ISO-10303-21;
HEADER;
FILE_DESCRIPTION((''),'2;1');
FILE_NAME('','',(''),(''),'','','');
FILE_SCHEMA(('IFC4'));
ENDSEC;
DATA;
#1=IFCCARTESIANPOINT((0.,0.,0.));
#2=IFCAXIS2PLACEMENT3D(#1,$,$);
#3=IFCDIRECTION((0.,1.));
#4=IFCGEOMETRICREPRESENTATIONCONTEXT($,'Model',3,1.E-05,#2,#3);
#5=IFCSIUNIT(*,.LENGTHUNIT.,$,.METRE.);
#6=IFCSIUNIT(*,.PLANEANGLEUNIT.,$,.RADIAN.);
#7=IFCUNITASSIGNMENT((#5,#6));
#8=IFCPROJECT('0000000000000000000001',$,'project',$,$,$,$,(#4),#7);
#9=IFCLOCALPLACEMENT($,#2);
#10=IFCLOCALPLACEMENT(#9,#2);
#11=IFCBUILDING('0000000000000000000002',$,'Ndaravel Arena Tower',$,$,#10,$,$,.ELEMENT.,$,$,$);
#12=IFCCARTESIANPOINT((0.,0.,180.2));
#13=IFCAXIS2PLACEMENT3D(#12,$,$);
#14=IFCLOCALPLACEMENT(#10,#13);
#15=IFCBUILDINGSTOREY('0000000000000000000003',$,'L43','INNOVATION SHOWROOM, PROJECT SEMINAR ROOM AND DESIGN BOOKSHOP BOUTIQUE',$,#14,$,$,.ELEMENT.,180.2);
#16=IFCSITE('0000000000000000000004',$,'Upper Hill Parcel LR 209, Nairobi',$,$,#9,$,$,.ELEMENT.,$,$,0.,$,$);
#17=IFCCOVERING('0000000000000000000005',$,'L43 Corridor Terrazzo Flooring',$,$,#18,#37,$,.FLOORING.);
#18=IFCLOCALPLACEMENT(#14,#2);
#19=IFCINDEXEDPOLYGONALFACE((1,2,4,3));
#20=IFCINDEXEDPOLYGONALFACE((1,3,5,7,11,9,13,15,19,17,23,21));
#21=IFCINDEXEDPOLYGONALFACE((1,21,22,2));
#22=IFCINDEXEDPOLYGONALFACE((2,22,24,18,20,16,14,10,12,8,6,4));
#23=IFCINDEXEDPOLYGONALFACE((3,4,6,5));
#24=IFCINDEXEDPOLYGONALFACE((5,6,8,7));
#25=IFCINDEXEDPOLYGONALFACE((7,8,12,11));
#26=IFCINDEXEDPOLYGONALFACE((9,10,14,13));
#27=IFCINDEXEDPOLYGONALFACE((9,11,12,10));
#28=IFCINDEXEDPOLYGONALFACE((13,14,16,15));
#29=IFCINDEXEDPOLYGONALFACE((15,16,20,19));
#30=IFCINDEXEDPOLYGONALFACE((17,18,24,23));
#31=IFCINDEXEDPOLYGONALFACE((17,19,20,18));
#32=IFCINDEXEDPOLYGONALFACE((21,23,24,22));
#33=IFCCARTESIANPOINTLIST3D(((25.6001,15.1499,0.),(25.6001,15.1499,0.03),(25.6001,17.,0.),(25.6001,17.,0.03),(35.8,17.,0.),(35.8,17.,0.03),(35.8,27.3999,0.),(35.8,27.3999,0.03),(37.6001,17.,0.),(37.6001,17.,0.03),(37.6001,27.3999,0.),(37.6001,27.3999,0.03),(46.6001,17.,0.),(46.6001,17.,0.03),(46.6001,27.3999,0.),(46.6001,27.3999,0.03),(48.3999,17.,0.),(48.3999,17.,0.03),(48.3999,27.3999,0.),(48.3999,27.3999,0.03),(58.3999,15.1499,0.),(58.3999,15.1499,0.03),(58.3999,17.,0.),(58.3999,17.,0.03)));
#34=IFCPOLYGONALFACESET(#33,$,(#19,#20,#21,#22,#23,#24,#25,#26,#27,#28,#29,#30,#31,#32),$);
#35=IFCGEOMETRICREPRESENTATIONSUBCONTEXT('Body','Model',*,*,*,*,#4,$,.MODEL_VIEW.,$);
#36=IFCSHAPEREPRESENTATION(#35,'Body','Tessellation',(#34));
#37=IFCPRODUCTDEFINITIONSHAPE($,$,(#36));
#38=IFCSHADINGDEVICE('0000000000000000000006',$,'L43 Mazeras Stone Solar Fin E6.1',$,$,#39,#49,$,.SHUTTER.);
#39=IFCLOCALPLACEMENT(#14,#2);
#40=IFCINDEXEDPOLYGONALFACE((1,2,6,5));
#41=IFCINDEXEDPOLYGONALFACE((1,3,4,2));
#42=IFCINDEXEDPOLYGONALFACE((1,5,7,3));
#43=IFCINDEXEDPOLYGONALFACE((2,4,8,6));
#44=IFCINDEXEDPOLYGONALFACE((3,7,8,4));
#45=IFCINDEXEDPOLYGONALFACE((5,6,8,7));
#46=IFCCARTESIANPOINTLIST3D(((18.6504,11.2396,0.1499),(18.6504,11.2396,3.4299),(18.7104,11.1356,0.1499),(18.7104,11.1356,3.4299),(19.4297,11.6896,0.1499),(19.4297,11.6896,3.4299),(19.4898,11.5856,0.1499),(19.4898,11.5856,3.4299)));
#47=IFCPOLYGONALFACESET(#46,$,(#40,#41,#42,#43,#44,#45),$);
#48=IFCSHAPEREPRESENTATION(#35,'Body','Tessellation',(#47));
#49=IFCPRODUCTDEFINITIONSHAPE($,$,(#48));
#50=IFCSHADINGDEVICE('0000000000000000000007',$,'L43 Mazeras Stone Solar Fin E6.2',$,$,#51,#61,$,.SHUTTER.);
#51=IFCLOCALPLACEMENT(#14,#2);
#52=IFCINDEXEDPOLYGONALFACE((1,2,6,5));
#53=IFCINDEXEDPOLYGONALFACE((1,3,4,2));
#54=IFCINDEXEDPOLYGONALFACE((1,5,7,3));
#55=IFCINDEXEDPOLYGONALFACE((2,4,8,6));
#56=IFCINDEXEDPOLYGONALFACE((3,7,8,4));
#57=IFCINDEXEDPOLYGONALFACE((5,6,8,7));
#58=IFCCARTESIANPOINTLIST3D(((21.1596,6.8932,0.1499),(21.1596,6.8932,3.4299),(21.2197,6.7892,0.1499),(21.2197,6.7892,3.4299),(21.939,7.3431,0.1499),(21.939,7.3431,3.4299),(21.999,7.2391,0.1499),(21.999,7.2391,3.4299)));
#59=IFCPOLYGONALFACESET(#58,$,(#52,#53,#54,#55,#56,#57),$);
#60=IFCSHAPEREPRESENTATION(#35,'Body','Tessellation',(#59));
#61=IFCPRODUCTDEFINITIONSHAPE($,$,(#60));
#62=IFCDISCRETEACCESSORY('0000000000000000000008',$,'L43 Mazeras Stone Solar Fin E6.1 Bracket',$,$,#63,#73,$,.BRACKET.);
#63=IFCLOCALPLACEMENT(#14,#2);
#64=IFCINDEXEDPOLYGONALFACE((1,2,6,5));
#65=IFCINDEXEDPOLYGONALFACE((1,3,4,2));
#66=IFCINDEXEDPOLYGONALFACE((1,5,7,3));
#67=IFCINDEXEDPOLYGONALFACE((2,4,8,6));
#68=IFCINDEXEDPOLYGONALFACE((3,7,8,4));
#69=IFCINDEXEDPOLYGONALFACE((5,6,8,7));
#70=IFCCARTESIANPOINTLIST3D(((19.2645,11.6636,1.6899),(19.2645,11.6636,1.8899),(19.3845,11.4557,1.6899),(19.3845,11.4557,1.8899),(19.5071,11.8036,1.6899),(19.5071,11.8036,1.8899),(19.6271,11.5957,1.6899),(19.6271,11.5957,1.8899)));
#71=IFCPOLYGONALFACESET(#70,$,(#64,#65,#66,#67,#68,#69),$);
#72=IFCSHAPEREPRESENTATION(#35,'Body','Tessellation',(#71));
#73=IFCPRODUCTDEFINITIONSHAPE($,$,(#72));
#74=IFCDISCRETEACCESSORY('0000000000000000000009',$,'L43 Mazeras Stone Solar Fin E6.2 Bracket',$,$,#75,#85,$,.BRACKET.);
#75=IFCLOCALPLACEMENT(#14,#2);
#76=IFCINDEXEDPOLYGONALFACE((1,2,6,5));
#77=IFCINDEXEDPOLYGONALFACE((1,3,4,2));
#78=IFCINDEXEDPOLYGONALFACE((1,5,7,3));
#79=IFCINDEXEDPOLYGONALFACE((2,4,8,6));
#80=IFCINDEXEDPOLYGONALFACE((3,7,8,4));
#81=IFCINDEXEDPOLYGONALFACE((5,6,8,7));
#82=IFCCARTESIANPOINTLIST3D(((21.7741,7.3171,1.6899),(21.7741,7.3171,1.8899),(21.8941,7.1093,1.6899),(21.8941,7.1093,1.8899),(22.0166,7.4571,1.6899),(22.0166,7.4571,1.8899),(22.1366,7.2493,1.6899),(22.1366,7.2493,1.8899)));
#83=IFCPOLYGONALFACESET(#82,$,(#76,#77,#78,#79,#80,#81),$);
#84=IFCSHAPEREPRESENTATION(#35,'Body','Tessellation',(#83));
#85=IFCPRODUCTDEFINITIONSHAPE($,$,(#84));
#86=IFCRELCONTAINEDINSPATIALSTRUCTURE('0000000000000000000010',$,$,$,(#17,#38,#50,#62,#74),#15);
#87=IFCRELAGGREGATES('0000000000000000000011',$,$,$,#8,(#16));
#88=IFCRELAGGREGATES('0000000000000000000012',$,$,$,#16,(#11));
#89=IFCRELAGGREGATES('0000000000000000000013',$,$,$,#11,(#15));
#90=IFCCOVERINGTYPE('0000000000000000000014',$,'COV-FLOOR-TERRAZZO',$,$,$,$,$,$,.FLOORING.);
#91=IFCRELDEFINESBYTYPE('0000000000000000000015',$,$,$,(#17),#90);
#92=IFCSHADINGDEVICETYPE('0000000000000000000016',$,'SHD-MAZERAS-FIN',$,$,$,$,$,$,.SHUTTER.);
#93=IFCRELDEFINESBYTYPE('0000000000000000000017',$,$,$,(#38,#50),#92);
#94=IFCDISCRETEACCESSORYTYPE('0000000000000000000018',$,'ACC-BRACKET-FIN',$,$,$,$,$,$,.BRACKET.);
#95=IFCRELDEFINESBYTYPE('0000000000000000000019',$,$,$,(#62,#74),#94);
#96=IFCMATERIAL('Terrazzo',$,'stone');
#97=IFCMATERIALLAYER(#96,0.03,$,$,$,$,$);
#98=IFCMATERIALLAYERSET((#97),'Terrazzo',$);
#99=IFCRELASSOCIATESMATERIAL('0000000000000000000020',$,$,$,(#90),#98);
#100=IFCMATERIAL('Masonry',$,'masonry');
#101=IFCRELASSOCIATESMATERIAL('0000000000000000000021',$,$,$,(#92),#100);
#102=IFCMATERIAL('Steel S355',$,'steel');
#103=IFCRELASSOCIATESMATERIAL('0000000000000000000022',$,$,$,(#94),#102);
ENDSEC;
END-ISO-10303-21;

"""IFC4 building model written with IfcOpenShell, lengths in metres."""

from ifc_helpers import new_model, si_unit, direction, frame, origin, origin_2d, place, context, subcontext, project, spatial, polyline, rectangle, outline, extrude, material, layer, layer_set, type_object, element, save


model = new_model("IFC4")

# Units and contexts
model_context = context("Model", 3, precision=1e-05, world=origin(), true_north=direction((0.0, 1.0)))
body_context = subcontext(model_context, "Body", "Model", "MODEL_VIEW")
ifc_project = project(units=[si_unit("LENGTHUNIT", "METRE"), si_unit("PLANEANGLEUNIT", "RADIAN")], contexts=[model_context])

# Site, building, storey
site_placement = place(None, origin())
site = spatial("IfcSite", under=ifc_project, at=site_placement, Name="Upper Hill Parcel LR 209, Nairobi", CompositionType="ELEMENT", RefElevation=0.0)
building_placement = place(site_placement, origin())
building = spatial("IfcBuilding", under=site, at=building_placement, Name="Ndaravel Arena Tower", CompositionType="ELEMENT")
storey_placement = place(building_placement, frame((0.0, 0.0, 180.2)))
storey = spatial("IfcBuildingStorey", under=building, at=storey_placement, Name="L43", Description="INNOVATION SHOWROOM, PROJECT SEMINAR ROOM AND DESIGN BOOKSHOP BOUTIQUE", CompositionType="ELEMENT", Elevation=180.2)

# Covering
ifc_material_1 = material(Name="Terrazzo", Category="stone")
ifc_layer_1 = layer(ifc_material_1, 0.03)
ifc_layer_set_1 = layer_set([ifc_layer_1], Name="Terrazzo")
covering_type_1 = type_object("IfcCoveringType", Name="COV-FLOOR-TERRAZZO", PredefinedType="FLOORING", material=ifc_layer_set_1)
covering_1_placement = place(storey_placement, origin())
element("IfcCovering", 1, at=covering_1_placement, inside=storey, type_object=covering_type_1, Name="L43 Corridor Terrazzo Flooring", PredefinedType="FLOORING", context=body_context, shape_type="SweptSolid", body=[
    extrude(outline(polyline([(58.3999, 17.0), (48.3999, 17.0), (48.3999, 27.3999), (46.6001, 27.3999), (46.6001, 17.0), (37.6001, 17.0), (37.6001, 27.3999), (35.8, 27.3999), (35.8, 17.0), (25.6001, 17.0), (25.6001, 15.1499), (58.3999, 15.1499), (58.3999, 17.0)])), origin(), (0.0, 0.0, 1.0), 0.03),
])

# Shading devices
ifc_material_2 = material(Name="Masonry", Category="masonry")
shading_device_type = type_object("IfcShadingDeviceType", Name="SHD-MAZERAS-FIN", PredefinedType="SHUTTER", material=ifc_material_2)
for number, where, z_axis, x_axis, name in (
    (2, (19.0701, 11.4126, 0.1499), (0.0, 0.0, 1.0), (-0.866025, -0.5, 0.0), "L43 Mazeras Stone Solar Fin E6.1"),
    (3, (21.5793, 7.0662, 0.1499), (0.0, 0.0, 1.0), (-0.866025, -0.5, 0.0), "L43 Mazeras Stone Solar Fin E6.2"),
):
    element("IfcShadingDevice", number, at=place(storey_placement, frame(where, z_axis=z_axis, x_axis=x_axis)), inside=storey, type_object=shading_device_type, Name=name, PredefinedType="SHUTTER", context=body_context, shape_type="SweptSolid", body=[
        extrude(rectangle(XDim=0.8999, YDim=0.1201, at=origin_2d()), origin(), (0.0, 0.0, 1.0), 3.28),
    ])

# Discrete accessories
ifc_material_3 = material(Name="Steel S355", Category="steel")
discrete_accessory_type = type_object("IfcDiscreteAccessoryType", Name="ACC-BRACKET-FIN", PredefinedType="BRACKET", material=ifc_material_3)
for number, where, z_axis, x_axis, name in (
    (4, (19.4458, 11.6296, 1.6899), (0.0, 0.0, 1.0), (-0.866025, -0.5, 0.0), "L43 Mazeras Stone Solar Fin E6.1 Bracket"),
    (5, (21.9553, 7.2832, 1.6899), (0.0, 0.0, 1.0), (-0.866025, -0.5, 0.0), "L43 Mazeras Stone Solar Fin E6.2 Bracket"),
):
    element("IfcDiscreteAccessory", number, at=place(storey_placement, frame(where, z_axis=z_axis, x_axis=x_axis)), inside=storey, type_object=discrete_accessory_type, Name=name, PredefinedType="BRACKET", context=body_context, shape_type="SweptSolid", body=[
        extrude(rectangle(XDim=0.28, YDim=0.24, at=origin_2d()), origin(), (0.0, 0.0, 1.0), 0.2),
    ])

save(model, "model.ifc")
